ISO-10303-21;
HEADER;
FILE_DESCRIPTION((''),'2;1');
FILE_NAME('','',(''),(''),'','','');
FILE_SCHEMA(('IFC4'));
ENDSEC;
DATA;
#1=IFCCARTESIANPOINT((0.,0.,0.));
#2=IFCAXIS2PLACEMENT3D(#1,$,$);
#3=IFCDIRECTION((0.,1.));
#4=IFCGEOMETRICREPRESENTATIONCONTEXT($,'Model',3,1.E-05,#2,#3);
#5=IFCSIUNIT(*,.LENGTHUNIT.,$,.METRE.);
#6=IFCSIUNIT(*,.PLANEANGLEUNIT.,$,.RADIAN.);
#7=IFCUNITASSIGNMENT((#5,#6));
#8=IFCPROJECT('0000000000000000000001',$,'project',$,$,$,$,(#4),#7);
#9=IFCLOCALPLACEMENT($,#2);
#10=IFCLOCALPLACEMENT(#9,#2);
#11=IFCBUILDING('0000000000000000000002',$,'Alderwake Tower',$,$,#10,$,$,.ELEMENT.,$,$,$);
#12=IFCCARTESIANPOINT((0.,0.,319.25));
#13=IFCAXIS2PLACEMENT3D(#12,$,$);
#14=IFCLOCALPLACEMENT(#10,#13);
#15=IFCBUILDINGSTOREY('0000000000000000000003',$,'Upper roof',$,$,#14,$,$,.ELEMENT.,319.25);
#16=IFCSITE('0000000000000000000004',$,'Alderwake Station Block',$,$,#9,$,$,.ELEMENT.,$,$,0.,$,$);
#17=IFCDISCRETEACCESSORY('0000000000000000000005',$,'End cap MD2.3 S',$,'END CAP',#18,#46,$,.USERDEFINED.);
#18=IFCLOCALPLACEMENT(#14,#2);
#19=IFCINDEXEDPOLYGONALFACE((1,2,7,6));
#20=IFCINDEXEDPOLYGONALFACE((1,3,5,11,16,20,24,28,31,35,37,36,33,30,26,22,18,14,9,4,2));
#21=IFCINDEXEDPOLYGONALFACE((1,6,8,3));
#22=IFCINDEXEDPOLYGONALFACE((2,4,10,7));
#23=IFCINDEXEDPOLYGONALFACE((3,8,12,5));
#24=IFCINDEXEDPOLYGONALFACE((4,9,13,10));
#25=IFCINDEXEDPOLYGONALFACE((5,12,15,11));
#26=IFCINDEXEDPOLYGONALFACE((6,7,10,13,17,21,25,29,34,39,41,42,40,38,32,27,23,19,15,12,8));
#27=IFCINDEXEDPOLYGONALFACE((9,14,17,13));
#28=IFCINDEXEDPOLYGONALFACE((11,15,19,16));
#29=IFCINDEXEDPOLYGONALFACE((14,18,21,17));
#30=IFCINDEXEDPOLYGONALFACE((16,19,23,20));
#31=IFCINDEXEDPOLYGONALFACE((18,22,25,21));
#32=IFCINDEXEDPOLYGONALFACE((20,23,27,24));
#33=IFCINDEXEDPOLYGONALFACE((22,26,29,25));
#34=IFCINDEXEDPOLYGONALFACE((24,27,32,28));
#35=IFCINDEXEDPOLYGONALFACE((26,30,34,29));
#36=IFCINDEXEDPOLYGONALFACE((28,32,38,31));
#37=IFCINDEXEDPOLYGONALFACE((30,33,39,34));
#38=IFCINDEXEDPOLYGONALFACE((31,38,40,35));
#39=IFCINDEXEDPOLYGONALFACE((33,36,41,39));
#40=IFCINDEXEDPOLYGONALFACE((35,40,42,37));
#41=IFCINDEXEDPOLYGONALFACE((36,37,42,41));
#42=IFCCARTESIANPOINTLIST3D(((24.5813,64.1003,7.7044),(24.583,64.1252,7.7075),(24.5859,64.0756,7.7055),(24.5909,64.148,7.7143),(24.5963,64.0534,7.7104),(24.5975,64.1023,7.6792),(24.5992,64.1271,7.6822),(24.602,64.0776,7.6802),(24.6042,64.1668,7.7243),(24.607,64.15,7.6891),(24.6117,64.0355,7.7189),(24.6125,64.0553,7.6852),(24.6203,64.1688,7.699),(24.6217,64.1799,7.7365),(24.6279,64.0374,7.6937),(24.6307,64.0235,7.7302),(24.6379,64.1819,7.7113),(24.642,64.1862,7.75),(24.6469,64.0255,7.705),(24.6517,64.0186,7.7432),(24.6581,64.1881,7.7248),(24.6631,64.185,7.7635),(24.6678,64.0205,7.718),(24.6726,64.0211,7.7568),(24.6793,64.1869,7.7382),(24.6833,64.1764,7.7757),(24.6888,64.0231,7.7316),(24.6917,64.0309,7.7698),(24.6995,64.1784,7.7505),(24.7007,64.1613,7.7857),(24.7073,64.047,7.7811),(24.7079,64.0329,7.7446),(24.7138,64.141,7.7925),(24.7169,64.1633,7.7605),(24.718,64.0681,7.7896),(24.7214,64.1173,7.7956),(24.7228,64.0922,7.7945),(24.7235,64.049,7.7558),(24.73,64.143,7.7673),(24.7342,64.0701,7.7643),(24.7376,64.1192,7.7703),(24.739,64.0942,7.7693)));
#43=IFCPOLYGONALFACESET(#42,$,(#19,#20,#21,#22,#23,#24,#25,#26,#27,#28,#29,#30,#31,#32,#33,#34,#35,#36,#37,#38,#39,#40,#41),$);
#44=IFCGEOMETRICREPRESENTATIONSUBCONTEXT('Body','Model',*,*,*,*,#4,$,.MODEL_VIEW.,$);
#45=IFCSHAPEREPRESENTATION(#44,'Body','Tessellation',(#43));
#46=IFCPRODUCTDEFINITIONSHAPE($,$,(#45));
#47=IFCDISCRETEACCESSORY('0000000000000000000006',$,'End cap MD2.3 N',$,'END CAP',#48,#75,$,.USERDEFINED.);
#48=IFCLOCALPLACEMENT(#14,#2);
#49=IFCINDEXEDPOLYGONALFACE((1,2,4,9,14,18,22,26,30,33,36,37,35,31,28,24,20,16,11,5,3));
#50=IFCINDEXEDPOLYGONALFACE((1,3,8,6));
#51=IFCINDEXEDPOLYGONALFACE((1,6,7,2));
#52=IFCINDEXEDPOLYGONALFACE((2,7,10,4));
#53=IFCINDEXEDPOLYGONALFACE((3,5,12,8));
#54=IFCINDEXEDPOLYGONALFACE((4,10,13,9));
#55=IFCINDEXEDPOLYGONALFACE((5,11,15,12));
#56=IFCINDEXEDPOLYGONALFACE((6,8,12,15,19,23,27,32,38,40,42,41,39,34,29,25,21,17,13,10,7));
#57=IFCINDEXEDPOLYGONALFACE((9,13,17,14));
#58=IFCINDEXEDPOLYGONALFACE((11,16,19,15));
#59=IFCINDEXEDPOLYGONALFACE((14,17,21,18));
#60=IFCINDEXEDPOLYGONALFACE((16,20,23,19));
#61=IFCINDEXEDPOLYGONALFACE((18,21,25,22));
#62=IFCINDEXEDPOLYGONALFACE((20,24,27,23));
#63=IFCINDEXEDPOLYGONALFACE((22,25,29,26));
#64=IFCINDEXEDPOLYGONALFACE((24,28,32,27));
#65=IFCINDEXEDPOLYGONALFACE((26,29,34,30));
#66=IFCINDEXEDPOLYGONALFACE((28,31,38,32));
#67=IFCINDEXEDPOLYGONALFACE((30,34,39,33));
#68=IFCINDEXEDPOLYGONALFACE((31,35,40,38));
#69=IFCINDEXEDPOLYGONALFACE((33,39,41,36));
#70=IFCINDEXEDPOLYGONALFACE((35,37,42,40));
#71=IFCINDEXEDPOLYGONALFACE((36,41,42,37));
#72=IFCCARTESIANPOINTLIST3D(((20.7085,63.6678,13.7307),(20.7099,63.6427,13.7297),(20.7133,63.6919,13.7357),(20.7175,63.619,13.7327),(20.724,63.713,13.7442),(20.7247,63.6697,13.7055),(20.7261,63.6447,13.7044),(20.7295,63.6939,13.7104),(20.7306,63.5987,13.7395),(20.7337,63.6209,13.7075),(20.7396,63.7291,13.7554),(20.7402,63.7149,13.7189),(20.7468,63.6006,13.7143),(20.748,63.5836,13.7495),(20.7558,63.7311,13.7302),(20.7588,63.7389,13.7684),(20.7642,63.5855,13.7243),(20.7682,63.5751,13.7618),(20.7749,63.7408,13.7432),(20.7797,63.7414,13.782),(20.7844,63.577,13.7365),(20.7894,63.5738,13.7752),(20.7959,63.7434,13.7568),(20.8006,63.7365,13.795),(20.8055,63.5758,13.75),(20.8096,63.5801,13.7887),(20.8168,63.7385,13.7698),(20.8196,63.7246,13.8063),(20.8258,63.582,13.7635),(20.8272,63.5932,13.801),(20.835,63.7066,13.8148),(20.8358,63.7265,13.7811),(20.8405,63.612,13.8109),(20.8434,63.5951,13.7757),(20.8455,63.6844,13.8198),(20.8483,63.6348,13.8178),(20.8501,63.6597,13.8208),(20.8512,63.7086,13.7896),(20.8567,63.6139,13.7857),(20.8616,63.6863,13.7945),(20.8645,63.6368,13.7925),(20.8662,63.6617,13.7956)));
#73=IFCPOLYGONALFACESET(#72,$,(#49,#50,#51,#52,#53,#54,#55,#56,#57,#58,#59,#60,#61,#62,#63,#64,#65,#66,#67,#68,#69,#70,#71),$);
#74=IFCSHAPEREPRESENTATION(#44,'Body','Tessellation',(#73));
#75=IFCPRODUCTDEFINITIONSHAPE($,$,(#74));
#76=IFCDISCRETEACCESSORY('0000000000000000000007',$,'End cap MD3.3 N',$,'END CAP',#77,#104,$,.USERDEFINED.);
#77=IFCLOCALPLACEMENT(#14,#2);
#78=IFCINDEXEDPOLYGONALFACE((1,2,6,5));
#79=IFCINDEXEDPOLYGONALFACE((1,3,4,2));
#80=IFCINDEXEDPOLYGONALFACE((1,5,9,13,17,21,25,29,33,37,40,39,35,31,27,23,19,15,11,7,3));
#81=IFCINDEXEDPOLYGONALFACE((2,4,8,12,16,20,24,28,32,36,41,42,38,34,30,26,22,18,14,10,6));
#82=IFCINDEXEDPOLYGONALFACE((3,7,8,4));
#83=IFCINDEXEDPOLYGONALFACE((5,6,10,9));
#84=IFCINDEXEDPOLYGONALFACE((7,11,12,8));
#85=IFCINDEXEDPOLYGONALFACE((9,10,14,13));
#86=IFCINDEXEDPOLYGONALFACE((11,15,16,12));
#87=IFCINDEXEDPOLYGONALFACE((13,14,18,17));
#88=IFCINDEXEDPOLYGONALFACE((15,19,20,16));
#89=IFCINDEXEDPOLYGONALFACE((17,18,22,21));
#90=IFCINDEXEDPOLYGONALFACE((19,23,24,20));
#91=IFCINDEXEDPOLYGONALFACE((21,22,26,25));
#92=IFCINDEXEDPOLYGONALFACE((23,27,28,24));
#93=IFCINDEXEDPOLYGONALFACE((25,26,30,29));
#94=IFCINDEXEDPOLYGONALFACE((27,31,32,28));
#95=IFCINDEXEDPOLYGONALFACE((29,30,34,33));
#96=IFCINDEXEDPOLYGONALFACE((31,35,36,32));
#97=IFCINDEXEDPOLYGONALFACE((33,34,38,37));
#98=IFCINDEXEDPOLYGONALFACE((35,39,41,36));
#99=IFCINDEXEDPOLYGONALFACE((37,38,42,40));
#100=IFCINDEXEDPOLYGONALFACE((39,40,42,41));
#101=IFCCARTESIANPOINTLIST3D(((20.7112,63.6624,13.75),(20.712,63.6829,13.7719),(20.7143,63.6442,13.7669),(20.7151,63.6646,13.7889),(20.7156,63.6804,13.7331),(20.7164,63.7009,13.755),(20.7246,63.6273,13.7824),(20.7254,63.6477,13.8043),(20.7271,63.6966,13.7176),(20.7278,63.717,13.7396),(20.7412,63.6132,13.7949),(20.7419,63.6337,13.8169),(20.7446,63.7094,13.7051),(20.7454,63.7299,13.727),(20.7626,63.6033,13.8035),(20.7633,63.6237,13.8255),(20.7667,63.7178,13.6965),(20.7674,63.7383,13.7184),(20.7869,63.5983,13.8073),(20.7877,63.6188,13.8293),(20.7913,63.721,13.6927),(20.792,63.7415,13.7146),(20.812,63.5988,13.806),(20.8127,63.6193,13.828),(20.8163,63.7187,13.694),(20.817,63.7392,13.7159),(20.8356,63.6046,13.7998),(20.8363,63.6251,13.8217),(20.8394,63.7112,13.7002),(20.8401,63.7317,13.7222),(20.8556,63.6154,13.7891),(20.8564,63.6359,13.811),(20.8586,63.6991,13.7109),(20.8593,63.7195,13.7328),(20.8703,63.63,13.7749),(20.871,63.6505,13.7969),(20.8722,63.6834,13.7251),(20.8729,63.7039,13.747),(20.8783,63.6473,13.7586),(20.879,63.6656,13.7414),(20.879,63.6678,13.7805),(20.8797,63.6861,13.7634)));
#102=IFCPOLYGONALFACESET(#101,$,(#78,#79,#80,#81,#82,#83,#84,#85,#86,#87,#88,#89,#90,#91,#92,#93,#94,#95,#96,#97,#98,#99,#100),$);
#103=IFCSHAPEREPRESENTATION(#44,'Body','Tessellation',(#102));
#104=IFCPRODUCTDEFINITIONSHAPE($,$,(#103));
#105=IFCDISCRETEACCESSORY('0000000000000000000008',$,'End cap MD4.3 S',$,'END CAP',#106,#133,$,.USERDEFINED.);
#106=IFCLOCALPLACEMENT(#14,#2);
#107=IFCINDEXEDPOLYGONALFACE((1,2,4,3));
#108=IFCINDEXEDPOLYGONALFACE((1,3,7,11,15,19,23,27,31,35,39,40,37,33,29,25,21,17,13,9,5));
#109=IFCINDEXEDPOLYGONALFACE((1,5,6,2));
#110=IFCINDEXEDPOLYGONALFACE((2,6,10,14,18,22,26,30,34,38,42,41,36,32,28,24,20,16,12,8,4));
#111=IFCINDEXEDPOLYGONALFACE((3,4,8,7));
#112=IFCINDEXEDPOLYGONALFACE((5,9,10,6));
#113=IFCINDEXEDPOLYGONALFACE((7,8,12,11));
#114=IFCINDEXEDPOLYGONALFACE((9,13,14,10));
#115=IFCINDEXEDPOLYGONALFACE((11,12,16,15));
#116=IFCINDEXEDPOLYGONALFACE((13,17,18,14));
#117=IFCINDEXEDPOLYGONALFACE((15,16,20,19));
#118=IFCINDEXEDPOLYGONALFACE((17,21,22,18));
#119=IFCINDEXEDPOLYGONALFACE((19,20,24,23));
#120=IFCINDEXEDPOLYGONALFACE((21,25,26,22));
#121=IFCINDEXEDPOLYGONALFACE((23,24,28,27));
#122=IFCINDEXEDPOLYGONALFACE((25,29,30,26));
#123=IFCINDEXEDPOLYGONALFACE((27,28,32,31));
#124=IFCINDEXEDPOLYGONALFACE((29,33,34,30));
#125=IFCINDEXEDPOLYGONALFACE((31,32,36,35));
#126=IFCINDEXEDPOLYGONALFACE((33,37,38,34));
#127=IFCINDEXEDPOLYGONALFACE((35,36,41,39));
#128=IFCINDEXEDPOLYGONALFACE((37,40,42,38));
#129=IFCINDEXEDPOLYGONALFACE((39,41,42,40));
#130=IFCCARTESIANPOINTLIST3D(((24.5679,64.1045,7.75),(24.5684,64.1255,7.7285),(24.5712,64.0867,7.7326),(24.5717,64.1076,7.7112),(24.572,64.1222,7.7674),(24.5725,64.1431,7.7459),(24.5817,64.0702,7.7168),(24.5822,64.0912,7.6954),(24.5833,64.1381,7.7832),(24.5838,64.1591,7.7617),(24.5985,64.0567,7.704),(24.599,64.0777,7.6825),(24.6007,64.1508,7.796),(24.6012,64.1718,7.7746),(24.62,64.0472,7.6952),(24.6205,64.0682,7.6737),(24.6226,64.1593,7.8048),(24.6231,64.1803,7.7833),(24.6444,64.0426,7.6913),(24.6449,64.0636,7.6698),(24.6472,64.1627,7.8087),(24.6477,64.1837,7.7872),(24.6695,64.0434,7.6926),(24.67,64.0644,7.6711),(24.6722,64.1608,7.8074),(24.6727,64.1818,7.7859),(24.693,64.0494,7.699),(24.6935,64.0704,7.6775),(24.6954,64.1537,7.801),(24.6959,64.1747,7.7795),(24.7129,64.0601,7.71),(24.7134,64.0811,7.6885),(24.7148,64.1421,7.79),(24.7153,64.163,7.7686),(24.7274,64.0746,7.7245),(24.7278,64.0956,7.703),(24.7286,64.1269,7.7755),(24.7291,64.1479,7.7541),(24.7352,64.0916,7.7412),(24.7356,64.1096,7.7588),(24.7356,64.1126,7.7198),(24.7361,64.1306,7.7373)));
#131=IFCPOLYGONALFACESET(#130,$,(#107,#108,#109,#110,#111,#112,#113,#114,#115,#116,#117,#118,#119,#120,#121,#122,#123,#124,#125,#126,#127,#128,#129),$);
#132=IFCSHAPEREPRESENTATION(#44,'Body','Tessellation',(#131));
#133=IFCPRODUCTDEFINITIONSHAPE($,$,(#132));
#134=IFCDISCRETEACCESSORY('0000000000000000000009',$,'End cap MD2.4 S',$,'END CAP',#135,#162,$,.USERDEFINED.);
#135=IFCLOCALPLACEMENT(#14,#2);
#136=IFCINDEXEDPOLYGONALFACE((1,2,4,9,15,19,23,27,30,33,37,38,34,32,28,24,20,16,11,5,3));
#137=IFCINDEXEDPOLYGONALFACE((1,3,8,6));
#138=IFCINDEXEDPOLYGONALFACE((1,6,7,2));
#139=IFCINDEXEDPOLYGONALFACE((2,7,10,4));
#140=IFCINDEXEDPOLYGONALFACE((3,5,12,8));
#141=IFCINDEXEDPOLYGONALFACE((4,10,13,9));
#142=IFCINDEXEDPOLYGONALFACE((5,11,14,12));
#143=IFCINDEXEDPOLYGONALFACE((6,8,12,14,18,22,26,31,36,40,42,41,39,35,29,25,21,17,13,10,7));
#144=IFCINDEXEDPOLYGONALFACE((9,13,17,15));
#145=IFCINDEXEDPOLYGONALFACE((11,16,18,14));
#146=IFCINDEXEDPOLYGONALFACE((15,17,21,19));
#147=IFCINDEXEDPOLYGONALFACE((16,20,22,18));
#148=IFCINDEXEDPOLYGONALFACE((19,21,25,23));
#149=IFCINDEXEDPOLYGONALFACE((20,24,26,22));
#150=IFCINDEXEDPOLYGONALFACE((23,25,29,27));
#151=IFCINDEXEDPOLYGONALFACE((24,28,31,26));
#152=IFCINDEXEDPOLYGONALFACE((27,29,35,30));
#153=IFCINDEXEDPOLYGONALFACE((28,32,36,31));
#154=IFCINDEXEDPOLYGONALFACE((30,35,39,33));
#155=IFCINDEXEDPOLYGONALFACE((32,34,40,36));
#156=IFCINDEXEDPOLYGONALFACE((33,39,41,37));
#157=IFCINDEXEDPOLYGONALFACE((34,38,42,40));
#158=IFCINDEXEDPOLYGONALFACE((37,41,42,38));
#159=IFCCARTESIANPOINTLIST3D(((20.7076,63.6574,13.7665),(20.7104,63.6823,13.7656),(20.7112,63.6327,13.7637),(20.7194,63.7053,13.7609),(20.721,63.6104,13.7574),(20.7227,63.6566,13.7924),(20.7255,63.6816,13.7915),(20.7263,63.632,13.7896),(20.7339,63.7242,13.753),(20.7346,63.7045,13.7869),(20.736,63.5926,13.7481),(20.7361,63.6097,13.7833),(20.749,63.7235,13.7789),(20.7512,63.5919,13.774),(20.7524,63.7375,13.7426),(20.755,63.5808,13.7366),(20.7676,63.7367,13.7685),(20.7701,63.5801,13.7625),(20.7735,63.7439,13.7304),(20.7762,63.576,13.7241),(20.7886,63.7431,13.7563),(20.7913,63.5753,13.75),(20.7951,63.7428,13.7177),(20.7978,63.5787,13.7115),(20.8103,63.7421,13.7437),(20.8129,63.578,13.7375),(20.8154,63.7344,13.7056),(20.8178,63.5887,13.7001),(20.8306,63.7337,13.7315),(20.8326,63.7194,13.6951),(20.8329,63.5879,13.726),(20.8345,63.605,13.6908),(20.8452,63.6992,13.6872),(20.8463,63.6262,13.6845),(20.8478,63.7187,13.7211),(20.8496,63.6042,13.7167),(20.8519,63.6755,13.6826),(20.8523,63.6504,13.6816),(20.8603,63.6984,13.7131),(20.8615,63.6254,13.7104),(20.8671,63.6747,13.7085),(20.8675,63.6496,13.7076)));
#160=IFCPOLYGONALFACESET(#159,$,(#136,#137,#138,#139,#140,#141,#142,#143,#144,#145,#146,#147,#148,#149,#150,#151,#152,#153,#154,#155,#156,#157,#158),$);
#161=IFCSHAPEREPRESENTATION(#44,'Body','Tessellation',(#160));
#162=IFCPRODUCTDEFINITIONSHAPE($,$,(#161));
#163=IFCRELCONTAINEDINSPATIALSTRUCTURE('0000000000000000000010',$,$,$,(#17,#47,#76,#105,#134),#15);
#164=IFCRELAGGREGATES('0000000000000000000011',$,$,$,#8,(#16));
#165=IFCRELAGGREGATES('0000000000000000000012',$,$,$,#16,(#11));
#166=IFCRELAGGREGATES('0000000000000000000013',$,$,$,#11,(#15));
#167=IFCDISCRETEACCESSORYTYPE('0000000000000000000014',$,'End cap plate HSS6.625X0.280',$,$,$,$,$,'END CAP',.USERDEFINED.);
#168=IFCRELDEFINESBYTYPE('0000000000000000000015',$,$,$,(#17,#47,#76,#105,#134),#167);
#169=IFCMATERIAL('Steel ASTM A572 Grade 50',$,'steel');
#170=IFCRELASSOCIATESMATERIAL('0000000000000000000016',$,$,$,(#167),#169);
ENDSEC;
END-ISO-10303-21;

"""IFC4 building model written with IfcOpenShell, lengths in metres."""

from ifc_helpers import new_model, si_unit, direction, frame, origin, origin_2d, place, context, subcontext, project, spatial, circle, extrude, material, material_profile, profile_set, type_object, element, save


model = new_model("IFC4")

# Units and contexts
model_context = context("Model", 3, precision=1e-05, world=origin(), true_north=direction((0.0, 1.0)))
body_context = subcontext(model_context, "Body", "Model", "MODEL_VIEW")
ifc_project = project(units=[si_unit("LENGTHUNIT", "METRE"), si_unit("PLANEANGLEUNIT", "RADIAN")], contexts=[model_context])

# Site, building, storey
site_placement = place(None, origin())
site = spatial("IfcSite", under=ifc_project, at=site_placement, Name="Alderwake Station Block", CompositionType="ELEMENT", RefElevation=0.0)
building_placement = place(site_placement, origin())
building = spatial("IfcBuilding", under=site, at=building_placement, Name="Alderwake Tower", CompositionType="ELEMENT")
storey_placement = place(building_placement, frame((0.0, 0.0, 319.25)))
storey = spatial("IfcBuildingStorey", under=building, at=storey_placement, Name="Upper roof", CompositionType="ELEMENT", Elevation=319.25)

# Discrete accessories
ifc_material_1 = material(Name="Steel ASTM A572 Grade 50", Category="steel")
ifc_material_profile_1 = material_profile(ifc_material_1, circle(Radius=0.0842, at=origin_2d()), Name="HSS6.625X0.280 cap")
ifc_profile_set_1 = profile_set([ifc_material_profile_1], Name="Steel ASTM A572 Grade 50")
discrete_accessory_type = type_object("IfcDiscreteAccessoryType", Name="End cap plate HSS6.625X0.280", ElementType="END CAP", PredefinedType="USERDEFINED", material=ifc_profile_set_1)
for number, where, z_axis, x_axis, name in (
    (1, (24.6521, 64.1025, 7.75), (0.538368, 0.065257, -0.84018), (-0.120331, 0.992734, 0.0), "End cap MD2.3 S"),
    (2, (20.7954, 63.6594, 13.75), (-0.538368, -0.065257, 0.84018), (0.120331, -0.992734, 0.0), "End cap MD2.3 N"),
    (3, (20.7954, 63.6594, 13.75), (0.024361, 0.682116, 0.730838), (-0.999363, 0.035692, 0.0), "End cap MD3.3 N"),
    (4, (24.6521, 64.1025, 7.75), (0.016252, 0.698841, -0.715093), (-0.99973, 0.02325, 0.0), "End cap MD4.3 S"),
    (5, (20.7954, 63.6594, 13.75), (-0.504733, 0.024423, -0.86293), (-0.048331, -0.998831, 0.0), "End cap MD2.4 S"),
):
    element("IfcDiscreteAccessory", number, at=place(storey_placement, frame(where, z_axis=z_axis, x_axis=x_axis)), inside=storey, type_object=discrete_accessory_type, Name=name, ObjectType="END CAP", PredefinedType="USERDEFINED", context=body_context, shape_type="SweptSolid", body=[
        extrude(circle(Radius=0.0842, at=origin_2d()), origin(), (0.0, 0.0, 1.0), 0.03),
    ])

save(model, "model.ifc")
